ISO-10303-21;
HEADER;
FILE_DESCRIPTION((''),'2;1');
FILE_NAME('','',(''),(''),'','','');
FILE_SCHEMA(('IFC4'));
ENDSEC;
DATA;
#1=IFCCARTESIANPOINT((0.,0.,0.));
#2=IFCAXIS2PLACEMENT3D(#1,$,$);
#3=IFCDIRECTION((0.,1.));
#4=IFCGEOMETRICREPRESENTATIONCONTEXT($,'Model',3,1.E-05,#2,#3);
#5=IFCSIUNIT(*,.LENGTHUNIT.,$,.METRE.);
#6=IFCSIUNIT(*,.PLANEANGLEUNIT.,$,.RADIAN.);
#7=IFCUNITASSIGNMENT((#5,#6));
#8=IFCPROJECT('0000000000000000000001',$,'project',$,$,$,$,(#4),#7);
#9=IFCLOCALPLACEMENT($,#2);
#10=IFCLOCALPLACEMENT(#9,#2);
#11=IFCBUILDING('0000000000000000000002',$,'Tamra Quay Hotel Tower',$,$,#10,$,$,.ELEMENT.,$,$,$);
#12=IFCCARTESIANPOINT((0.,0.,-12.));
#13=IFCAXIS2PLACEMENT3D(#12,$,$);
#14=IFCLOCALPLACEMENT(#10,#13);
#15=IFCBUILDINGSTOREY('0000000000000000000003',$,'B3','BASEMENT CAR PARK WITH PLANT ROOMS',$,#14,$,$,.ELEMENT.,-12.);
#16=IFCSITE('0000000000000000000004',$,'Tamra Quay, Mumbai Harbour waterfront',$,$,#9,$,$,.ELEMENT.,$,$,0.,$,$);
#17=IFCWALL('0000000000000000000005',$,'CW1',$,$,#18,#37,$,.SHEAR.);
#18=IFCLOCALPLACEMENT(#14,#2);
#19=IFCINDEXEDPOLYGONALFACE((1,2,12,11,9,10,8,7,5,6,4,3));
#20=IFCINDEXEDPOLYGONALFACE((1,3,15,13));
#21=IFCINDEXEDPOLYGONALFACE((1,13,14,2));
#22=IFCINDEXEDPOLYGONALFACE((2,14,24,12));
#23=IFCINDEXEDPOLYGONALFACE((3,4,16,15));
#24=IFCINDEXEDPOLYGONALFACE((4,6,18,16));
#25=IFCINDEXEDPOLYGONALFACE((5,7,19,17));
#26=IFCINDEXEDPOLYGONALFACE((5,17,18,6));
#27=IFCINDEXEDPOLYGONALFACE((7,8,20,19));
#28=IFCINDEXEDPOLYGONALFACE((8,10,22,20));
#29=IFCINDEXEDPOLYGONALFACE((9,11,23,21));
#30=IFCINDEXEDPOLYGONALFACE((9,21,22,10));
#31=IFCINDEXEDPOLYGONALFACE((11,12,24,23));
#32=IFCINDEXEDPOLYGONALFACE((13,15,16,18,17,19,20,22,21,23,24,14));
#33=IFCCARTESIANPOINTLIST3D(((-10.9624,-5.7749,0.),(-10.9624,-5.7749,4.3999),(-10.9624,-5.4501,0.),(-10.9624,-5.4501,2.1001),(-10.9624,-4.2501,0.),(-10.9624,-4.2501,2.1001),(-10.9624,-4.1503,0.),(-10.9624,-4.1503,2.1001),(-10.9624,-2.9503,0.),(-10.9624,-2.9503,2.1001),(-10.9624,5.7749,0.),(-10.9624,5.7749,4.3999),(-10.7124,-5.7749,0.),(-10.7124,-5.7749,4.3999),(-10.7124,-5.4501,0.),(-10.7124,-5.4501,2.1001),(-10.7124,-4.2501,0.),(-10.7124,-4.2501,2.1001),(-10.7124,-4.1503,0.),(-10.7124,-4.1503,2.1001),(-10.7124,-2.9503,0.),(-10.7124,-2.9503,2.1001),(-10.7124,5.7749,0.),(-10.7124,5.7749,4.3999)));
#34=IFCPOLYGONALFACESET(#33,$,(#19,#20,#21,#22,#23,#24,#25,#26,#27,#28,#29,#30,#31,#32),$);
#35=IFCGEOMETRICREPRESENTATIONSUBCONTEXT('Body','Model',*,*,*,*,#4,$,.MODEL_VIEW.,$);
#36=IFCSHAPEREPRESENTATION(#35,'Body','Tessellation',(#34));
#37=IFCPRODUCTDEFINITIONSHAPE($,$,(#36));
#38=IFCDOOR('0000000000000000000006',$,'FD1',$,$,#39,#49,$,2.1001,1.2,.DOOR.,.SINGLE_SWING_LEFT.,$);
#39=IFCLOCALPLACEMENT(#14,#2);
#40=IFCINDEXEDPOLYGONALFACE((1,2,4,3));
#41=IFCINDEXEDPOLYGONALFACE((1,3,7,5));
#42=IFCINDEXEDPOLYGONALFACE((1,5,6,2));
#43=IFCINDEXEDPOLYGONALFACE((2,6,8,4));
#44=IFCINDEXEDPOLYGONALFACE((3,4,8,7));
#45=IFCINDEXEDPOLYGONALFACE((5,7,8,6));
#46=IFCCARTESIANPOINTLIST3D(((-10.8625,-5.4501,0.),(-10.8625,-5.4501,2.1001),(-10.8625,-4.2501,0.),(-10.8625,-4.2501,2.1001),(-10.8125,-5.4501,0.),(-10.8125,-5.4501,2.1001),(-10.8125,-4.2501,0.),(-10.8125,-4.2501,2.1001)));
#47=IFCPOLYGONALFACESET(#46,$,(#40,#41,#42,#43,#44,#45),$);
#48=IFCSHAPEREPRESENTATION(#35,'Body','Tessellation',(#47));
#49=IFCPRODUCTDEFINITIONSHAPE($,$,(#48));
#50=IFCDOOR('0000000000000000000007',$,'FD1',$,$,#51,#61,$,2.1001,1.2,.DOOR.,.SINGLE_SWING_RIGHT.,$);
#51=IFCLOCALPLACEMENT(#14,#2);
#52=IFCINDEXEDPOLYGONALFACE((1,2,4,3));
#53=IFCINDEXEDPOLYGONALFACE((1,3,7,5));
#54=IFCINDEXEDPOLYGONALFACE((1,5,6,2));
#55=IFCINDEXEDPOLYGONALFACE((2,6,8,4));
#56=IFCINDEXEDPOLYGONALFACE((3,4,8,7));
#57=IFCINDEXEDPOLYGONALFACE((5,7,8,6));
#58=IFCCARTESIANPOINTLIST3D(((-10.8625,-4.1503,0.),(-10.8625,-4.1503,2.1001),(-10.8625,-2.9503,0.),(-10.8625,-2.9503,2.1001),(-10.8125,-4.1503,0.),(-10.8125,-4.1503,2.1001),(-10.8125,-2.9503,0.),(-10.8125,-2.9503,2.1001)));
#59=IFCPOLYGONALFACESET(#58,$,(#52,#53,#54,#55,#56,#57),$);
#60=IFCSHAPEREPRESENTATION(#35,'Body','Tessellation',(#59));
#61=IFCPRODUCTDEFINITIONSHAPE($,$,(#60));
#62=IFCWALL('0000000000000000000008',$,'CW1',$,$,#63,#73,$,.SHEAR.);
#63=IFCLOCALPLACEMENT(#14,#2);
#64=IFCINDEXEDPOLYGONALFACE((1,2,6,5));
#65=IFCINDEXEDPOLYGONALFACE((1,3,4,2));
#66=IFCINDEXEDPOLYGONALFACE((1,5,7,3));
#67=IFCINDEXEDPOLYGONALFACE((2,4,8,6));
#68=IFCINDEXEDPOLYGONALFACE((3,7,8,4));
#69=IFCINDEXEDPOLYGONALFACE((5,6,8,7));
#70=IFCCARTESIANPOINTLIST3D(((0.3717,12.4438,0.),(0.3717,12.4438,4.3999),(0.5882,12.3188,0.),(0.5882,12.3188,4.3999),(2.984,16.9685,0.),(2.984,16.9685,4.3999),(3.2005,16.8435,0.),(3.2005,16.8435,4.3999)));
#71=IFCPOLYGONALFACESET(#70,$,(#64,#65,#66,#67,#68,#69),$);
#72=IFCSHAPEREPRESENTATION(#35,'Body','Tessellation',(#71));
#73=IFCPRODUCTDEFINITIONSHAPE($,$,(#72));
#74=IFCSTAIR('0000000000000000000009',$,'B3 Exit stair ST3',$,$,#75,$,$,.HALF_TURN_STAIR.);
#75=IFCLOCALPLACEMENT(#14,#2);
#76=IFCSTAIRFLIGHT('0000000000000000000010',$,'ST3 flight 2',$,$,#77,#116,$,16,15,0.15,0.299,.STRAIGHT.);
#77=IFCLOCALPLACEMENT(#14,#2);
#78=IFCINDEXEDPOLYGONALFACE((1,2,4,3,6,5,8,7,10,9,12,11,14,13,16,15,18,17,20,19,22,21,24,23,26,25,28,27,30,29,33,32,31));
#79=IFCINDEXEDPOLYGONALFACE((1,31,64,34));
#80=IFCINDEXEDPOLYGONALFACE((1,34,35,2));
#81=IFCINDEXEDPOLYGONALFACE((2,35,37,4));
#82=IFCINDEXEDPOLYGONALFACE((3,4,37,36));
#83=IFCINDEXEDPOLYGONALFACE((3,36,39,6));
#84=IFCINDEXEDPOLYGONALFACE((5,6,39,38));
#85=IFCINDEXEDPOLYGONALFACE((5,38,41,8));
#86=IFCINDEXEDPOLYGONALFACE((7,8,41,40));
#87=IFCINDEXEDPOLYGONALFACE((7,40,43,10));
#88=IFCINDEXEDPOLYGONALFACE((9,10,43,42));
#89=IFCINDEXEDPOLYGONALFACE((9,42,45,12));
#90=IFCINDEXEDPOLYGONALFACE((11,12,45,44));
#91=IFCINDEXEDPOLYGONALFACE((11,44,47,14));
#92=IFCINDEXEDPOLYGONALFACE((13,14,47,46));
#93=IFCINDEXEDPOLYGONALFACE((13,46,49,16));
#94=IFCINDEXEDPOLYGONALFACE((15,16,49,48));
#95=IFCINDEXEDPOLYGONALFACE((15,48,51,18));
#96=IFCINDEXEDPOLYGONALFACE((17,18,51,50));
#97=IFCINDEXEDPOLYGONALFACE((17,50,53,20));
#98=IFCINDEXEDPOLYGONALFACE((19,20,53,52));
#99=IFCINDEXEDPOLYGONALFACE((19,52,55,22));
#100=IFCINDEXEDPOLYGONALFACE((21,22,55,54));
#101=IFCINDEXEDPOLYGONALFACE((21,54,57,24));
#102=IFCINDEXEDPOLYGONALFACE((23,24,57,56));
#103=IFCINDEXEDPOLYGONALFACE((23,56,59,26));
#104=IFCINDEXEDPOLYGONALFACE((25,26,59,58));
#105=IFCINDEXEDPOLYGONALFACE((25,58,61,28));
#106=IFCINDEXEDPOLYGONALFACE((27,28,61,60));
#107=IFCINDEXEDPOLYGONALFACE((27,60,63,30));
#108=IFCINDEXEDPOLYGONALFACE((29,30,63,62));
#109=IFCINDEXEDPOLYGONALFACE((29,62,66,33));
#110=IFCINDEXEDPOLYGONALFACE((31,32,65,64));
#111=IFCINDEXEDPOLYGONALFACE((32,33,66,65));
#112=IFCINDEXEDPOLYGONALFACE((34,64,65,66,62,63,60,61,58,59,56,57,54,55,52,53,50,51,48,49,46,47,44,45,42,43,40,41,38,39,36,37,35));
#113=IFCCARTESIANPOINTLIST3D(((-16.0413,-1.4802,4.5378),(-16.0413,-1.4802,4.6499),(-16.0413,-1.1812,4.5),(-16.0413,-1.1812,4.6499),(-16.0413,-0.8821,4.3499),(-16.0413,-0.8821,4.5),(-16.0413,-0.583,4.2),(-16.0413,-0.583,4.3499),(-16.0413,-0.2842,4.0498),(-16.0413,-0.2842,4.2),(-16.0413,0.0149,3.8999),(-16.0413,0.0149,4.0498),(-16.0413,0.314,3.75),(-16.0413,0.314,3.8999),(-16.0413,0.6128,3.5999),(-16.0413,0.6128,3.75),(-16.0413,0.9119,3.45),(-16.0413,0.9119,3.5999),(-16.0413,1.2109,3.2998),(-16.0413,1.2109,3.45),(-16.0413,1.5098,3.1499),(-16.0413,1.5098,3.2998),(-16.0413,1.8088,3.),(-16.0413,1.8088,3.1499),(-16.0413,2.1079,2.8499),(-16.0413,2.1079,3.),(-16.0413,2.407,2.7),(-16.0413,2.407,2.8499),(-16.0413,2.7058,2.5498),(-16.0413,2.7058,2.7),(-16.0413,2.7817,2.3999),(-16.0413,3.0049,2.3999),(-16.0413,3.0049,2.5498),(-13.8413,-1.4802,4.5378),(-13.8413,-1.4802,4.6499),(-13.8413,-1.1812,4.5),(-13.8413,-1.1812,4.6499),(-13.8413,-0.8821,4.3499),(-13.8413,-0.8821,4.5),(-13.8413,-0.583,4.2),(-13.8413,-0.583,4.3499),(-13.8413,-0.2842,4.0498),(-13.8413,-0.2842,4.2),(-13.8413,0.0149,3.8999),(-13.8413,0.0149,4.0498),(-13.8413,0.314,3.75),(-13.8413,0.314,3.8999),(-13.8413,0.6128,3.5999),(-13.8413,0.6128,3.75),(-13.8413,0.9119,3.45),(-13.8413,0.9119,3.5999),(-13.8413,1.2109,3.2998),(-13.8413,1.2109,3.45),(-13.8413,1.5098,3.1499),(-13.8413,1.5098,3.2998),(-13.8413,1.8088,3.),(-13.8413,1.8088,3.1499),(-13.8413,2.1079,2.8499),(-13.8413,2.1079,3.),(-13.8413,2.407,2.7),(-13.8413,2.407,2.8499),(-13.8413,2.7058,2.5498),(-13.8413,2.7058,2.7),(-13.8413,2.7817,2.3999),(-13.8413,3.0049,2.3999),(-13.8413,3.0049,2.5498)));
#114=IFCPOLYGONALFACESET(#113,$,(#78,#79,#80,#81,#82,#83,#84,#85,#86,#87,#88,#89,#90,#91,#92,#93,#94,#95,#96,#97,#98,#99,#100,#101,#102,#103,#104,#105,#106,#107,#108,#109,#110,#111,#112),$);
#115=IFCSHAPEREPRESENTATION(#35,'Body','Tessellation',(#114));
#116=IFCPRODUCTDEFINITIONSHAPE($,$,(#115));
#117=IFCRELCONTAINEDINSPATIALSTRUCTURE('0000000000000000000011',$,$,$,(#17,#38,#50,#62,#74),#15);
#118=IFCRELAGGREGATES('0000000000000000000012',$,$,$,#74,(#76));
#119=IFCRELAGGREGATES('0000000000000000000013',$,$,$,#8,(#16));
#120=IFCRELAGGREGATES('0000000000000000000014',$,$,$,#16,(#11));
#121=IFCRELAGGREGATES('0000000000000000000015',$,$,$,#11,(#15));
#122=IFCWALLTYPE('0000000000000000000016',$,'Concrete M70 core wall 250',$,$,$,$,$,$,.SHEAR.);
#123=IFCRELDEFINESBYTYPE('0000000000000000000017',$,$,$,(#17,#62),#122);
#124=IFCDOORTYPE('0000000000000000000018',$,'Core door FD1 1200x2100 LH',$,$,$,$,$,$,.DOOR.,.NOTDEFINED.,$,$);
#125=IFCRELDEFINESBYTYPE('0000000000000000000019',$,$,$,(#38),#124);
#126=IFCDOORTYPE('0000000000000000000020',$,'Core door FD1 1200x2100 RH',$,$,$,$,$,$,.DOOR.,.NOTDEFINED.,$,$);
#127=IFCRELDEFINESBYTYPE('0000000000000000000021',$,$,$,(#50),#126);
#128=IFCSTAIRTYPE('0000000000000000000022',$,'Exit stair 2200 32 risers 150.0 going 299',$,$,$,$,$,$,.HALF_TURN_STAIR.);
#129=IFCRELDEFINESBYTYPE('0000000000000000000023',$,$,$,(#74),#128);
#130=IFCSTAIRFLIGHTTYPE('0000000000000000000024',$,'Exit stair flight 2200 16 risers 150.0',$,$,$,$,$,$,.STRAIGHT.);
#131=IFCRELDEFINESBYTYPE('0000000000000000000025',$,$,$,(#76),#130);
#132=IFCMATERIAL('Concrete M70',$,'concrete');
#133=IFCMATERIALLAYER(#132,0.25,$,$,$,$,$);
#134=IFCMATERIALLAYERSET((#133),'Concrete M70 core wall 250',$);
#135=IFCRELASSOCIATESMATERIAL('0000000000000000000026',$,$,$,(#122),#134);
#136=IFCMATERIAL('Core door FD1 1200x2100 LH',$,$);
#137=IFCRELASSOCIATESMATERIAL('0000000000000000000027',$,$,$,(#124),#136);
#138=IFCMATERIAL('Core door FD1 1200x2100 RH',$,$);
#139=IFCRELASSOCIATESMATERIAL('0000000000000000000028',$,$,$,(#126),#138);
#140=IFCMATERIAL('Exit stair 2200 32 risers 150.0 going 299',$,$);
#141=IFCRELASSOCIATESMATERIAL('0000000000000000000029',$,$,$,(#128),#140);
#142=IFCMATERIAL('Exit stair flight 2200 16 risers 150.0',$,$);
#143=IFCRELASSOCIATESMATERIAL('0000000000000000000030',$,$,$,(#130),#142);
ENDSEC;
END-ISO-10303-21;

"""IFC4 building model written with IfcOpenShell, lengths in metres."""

from ifc_helpers import new_model, si_unit, direction, frame, frame_2d, origin, place, context, subcontext, project, spatial, polyline, rectangle, outline, extrude, material, layer, layer_set, type_object, element, fill, aggregate, save


model = new_model("IFC4")

# Units and contexts
model_context = context("Model", 3, precision=1e-05, world=origin(), true_north=direction((0.0, 1.0)))
body_context = subcontext(model_context, "Body", "Model", "MODEL_VIEW")
ifc_project = project(units=[si_unit("LENGTHUNIT", "METRE"), si_unit("PLANEANGLEUNIT", "RADIAN")], contexts=[model_context])

# Site, building, storey
site_placement = place(None, origin())
site = spatial("IfcSite", under=ifc_project, at=site_placement, Name="Tamra Quay, Mumbai Harbour waterfront", CompositionType="ELEMENT", RefElevation=0.0)
building_placement = place(site_placement, origin())
building = spatial("IfcBuilding", under=site, at=building_placement, Name="Tamra Quay Hotel Tower", CompositionType="ELEMENT")
storey_placement = place(building_placement, frame((0.0, 0.0, -12.0)))
storey = spatial("IfcBuildingStorey", under=building, at=storey_placement, Name="B3", Description="BASEMENT CAR PARK WITH PLANT ROOMS", CompositionType="ELEMENT", Elevation=-12.0)

# Shared definitions
ifc_material_1 = material(Name="Concrete M70", Category="concrete")

# Wall, openings, doors
ifc_layer_1 = layer(ifc_material_1, 0.25)
ifc_layer_set_1 = layer_set([ifc_layer_1], Name="Concrete M70 core wall 250")
wall_type_1 = type_object("IfcWallType", Name="Concrete M70 core wall 250", PredefinedType="SHEAR", material=ifc_layer_set_1)
wall_1_placement = place(storey_placement, frame((-10.8374, 5.7749, 0.0), z_axis=(0.0, 0.0, 1.0), x_axis=(0.0, -1.0, 0.0)))
wall_1 = element("IfcWall", 1, at=wall_1_placement, inside=storey, type_object=wall_type_1, Name="CW1", PredefinedType="SHEAR", context=body_context, shape_type="SweptSolid", body=[
    extrude(rectangle(XDim=11.5498, YDim=0.25, at=frame_2d((5.7749, 0.0))), origin(), (0.0, 0.0, 1.0), 4.3999),
])
opening_1_placement = place(wall_1_placement, frame((10.0249, 0.0, 0.0)))
opening_1 = element("IfcOpeningElement", 2, at=opening_1_placement, cuts=wall_1, PredefinedType="OPENING", context=body_context, shape_type="SweptSolid", body=[
    extrude(rectangle(XDim=1.2, YDim=2.1001, at=frame_2d((0.6001, 1.05))), frame((0.0, 0.135, 0.0), z_axis=(0.0, -1.0, 0.0), x_axis=(1.0, 0.0, 0.0)), (0.0, 0.0, 1.0), 0.27),
])
opening_2_placement = place(wall_1_placement, frame((8.7251, 0.0, 0.0)))
opening_2 = element("IfcOpeningElement", 3, at=opening_2_placement, cuts=wall_1, PredefinedType="OPENING", context=body_context, shape_type="SweptSolid", body=[
    extrude(rectangle(XDim=1.2, YDim=2.1001, at=frame_2d((0.6001, 1.05))), frame((0.0, 0.135, 0.0), z_axis=(0.0, -1.0, 0.0), x_axis=(1.0, 0.0, 0.0)), (0.0, 0.0, 1.0), 0.27),
])
ifc_material_2 = material(Name="Core door FD1 1200x2100 LH")
door_type_1 = type_object("IfcDoorType", Name="Core door FD1 1200x2100 LH", OperationType="NOTDEFINED", PredefinedType="DOOR", material=ifc_material_2)
door_1_placement = place(opening_1_placement, origin())
door_1 = element("IfcDoor", 4, at=door_1_placement, inside=storey, type_object=door_type_1, Name="FD1", OperationType="SINGLE_SWING_LEFT", OverallHeight=2.1001, OverallWidth=1.2, PredefinedType="DOOR", context=body_context, shape_type="SweptSolid", body=[
    extrude(rectangle(XDim=1.2, YDim=2.1001, at=frame_2d((0.6001, 1.05))), frame((0.0, 0.0249, 0.0), z_axis=(0.0, -1.0, 0.0), x_axis=(1.0, 0.0, 0.0)), (0.0, 0.0, 1.0), 0.05),
])
fill(opening_1, door_1)
ifc_material_3 = material(Name="Core door FD1 1200x2100 RH")
door_type_2 = type_object("IfcDoorType", Name="Core door FD1 1200x2100 RH", OperationType="NOTDEFINED", PredefinedType="DOOR", material=ifc_material_3)
door_2_placement = place(opening_2_placement, origin())
door_2 = element("IfcDoor", 5, at=door_2_placement, inside=storey, type_object=door_type_2, Name="FD1", OperationType="SINGLE_SWING_RIGHT", OverallHeight=2.1001, OverallWidth=1.2, PredefinedType="DOOR", context=body_context, shape_type="SweptSolid", body=[
    extrude(rectangle(XDim=1.2, YDim=2.1001, at=frame_2d((0.6001, 1.05))), frame((0.0, 0.0249, 0.0), z_axis=(0.0, -1.0, 0.0), x_axis=(1.0, 0.0, 0.0)), (0.0, 0.0, 1.0), 0.05),
])
fill(opening_2, door_2)

# Wall
wall_2_placement = place(storey_placement, frame((0.48, 12.3813, 0.0), z_axis=(0.0, 0.0, 1.0), x_axis=(0.499999, 0.866026, 0.0)))
element("IfcWall", 6, at=wall_2_placement, inside=storey, type_object=wall_type_1, Name="CW1", PredefinedType="SHEAR", context=body_context, shape_type="SweptSolid", body=[
    extrude(rectangle(XDim=5.2246, YDim=0.25, at=frame_2d((2.6123, 0.0))), origin(), (0.0, 0.0, 1.0), 4.3999),
])

# Stair, stair flight
ifc_material_4 = material(Name="Exit stair 2200 32 risers 150.0 going 299")
stair_type = type_object("IfcStairType", Name="Exit stair 2200 32 risers 150.0 going 299", PredefinedType="HALF_TURN_STAIR", material=ifc_material_4)
stair_placement = place(storey_placement, origin())
stair = element("IfcStair", 7, at=stair_placement, inside=storey, type_object=stair_type, Name="B3 Exit stair ST3", PredefinedType="HALF_TURN_STAIR")
ifc_material_5 = material(Name="Exit stair flight 2200 16 risers 150.0")
stair_flight_type = type_object("IfcStairFlightType", Name="Exit stair flight 2200 16 risers 150.0", PredefinedType="STRAIGHT", material=ifc_material_5)
stair_flight_placement = place(storey_placement, frame((-14.9414, 3.0049, 2.3999), z_axis=(0.0, 0.0, 1.0), x_axis=(0.0, -1.0, 0.0)))
stair_flight = element("IfcStairFlight", 8, at=stair_flight_placement, type_object=stair_flight_type, Name="ST3 flight 2", NumberOfRisers=16, NumberOfTreads=15, PredefinedType="STRAIGHT", RiserHeight=0.15, TreadLength=0.299, context=body_context, shape_type="SweptSolid", body=[
    extrude(outline(polyline([(0.0, 0.0), (0.0, 0.1499), (0.2991, 0.1499), (0.2991, 0.3), (0.5979, 0.3), (0.5979, 0.45), (0.897, 0.45), (0.897, 0.6001), (1.196, 0.6001), (1.196, 0.75), (1.4951, 0.75), (1.4951, 0.8999), (1.7939, 0.8999), (1.7939, 1.05), (2.093, 1.05), (2.093, 1.2), (2.3921, 1.2), (2.3921, 1.3501), (2.6909, 1.3501), (2.6909, 1.5), (2.99, 1.5), (2.99, 1.6499), (3.2891, 1.6499), (3.2891, 1.8), (3.5879, 1.8), (3.5879, 1.95), (3.887, 1.95), (3.887, 2.1001), (4.186, 2.1001), (4.186, 2.25), (4.4851, 2.25), (4.4851, 2.3999), (4.4851, 2.1379), (0.2231, 0.0), (0.0, 0.0)])), frame((0.0, 1.1001, 0.0), z_axis=(0.0, -1.0, 0.0), x_axis=(1.0, 0.0, 0.0)), (0.0, 0.0, 1.0), 2.2),
])
aggregate(stair, [stair_flight])

save(model, "model.ifc")
